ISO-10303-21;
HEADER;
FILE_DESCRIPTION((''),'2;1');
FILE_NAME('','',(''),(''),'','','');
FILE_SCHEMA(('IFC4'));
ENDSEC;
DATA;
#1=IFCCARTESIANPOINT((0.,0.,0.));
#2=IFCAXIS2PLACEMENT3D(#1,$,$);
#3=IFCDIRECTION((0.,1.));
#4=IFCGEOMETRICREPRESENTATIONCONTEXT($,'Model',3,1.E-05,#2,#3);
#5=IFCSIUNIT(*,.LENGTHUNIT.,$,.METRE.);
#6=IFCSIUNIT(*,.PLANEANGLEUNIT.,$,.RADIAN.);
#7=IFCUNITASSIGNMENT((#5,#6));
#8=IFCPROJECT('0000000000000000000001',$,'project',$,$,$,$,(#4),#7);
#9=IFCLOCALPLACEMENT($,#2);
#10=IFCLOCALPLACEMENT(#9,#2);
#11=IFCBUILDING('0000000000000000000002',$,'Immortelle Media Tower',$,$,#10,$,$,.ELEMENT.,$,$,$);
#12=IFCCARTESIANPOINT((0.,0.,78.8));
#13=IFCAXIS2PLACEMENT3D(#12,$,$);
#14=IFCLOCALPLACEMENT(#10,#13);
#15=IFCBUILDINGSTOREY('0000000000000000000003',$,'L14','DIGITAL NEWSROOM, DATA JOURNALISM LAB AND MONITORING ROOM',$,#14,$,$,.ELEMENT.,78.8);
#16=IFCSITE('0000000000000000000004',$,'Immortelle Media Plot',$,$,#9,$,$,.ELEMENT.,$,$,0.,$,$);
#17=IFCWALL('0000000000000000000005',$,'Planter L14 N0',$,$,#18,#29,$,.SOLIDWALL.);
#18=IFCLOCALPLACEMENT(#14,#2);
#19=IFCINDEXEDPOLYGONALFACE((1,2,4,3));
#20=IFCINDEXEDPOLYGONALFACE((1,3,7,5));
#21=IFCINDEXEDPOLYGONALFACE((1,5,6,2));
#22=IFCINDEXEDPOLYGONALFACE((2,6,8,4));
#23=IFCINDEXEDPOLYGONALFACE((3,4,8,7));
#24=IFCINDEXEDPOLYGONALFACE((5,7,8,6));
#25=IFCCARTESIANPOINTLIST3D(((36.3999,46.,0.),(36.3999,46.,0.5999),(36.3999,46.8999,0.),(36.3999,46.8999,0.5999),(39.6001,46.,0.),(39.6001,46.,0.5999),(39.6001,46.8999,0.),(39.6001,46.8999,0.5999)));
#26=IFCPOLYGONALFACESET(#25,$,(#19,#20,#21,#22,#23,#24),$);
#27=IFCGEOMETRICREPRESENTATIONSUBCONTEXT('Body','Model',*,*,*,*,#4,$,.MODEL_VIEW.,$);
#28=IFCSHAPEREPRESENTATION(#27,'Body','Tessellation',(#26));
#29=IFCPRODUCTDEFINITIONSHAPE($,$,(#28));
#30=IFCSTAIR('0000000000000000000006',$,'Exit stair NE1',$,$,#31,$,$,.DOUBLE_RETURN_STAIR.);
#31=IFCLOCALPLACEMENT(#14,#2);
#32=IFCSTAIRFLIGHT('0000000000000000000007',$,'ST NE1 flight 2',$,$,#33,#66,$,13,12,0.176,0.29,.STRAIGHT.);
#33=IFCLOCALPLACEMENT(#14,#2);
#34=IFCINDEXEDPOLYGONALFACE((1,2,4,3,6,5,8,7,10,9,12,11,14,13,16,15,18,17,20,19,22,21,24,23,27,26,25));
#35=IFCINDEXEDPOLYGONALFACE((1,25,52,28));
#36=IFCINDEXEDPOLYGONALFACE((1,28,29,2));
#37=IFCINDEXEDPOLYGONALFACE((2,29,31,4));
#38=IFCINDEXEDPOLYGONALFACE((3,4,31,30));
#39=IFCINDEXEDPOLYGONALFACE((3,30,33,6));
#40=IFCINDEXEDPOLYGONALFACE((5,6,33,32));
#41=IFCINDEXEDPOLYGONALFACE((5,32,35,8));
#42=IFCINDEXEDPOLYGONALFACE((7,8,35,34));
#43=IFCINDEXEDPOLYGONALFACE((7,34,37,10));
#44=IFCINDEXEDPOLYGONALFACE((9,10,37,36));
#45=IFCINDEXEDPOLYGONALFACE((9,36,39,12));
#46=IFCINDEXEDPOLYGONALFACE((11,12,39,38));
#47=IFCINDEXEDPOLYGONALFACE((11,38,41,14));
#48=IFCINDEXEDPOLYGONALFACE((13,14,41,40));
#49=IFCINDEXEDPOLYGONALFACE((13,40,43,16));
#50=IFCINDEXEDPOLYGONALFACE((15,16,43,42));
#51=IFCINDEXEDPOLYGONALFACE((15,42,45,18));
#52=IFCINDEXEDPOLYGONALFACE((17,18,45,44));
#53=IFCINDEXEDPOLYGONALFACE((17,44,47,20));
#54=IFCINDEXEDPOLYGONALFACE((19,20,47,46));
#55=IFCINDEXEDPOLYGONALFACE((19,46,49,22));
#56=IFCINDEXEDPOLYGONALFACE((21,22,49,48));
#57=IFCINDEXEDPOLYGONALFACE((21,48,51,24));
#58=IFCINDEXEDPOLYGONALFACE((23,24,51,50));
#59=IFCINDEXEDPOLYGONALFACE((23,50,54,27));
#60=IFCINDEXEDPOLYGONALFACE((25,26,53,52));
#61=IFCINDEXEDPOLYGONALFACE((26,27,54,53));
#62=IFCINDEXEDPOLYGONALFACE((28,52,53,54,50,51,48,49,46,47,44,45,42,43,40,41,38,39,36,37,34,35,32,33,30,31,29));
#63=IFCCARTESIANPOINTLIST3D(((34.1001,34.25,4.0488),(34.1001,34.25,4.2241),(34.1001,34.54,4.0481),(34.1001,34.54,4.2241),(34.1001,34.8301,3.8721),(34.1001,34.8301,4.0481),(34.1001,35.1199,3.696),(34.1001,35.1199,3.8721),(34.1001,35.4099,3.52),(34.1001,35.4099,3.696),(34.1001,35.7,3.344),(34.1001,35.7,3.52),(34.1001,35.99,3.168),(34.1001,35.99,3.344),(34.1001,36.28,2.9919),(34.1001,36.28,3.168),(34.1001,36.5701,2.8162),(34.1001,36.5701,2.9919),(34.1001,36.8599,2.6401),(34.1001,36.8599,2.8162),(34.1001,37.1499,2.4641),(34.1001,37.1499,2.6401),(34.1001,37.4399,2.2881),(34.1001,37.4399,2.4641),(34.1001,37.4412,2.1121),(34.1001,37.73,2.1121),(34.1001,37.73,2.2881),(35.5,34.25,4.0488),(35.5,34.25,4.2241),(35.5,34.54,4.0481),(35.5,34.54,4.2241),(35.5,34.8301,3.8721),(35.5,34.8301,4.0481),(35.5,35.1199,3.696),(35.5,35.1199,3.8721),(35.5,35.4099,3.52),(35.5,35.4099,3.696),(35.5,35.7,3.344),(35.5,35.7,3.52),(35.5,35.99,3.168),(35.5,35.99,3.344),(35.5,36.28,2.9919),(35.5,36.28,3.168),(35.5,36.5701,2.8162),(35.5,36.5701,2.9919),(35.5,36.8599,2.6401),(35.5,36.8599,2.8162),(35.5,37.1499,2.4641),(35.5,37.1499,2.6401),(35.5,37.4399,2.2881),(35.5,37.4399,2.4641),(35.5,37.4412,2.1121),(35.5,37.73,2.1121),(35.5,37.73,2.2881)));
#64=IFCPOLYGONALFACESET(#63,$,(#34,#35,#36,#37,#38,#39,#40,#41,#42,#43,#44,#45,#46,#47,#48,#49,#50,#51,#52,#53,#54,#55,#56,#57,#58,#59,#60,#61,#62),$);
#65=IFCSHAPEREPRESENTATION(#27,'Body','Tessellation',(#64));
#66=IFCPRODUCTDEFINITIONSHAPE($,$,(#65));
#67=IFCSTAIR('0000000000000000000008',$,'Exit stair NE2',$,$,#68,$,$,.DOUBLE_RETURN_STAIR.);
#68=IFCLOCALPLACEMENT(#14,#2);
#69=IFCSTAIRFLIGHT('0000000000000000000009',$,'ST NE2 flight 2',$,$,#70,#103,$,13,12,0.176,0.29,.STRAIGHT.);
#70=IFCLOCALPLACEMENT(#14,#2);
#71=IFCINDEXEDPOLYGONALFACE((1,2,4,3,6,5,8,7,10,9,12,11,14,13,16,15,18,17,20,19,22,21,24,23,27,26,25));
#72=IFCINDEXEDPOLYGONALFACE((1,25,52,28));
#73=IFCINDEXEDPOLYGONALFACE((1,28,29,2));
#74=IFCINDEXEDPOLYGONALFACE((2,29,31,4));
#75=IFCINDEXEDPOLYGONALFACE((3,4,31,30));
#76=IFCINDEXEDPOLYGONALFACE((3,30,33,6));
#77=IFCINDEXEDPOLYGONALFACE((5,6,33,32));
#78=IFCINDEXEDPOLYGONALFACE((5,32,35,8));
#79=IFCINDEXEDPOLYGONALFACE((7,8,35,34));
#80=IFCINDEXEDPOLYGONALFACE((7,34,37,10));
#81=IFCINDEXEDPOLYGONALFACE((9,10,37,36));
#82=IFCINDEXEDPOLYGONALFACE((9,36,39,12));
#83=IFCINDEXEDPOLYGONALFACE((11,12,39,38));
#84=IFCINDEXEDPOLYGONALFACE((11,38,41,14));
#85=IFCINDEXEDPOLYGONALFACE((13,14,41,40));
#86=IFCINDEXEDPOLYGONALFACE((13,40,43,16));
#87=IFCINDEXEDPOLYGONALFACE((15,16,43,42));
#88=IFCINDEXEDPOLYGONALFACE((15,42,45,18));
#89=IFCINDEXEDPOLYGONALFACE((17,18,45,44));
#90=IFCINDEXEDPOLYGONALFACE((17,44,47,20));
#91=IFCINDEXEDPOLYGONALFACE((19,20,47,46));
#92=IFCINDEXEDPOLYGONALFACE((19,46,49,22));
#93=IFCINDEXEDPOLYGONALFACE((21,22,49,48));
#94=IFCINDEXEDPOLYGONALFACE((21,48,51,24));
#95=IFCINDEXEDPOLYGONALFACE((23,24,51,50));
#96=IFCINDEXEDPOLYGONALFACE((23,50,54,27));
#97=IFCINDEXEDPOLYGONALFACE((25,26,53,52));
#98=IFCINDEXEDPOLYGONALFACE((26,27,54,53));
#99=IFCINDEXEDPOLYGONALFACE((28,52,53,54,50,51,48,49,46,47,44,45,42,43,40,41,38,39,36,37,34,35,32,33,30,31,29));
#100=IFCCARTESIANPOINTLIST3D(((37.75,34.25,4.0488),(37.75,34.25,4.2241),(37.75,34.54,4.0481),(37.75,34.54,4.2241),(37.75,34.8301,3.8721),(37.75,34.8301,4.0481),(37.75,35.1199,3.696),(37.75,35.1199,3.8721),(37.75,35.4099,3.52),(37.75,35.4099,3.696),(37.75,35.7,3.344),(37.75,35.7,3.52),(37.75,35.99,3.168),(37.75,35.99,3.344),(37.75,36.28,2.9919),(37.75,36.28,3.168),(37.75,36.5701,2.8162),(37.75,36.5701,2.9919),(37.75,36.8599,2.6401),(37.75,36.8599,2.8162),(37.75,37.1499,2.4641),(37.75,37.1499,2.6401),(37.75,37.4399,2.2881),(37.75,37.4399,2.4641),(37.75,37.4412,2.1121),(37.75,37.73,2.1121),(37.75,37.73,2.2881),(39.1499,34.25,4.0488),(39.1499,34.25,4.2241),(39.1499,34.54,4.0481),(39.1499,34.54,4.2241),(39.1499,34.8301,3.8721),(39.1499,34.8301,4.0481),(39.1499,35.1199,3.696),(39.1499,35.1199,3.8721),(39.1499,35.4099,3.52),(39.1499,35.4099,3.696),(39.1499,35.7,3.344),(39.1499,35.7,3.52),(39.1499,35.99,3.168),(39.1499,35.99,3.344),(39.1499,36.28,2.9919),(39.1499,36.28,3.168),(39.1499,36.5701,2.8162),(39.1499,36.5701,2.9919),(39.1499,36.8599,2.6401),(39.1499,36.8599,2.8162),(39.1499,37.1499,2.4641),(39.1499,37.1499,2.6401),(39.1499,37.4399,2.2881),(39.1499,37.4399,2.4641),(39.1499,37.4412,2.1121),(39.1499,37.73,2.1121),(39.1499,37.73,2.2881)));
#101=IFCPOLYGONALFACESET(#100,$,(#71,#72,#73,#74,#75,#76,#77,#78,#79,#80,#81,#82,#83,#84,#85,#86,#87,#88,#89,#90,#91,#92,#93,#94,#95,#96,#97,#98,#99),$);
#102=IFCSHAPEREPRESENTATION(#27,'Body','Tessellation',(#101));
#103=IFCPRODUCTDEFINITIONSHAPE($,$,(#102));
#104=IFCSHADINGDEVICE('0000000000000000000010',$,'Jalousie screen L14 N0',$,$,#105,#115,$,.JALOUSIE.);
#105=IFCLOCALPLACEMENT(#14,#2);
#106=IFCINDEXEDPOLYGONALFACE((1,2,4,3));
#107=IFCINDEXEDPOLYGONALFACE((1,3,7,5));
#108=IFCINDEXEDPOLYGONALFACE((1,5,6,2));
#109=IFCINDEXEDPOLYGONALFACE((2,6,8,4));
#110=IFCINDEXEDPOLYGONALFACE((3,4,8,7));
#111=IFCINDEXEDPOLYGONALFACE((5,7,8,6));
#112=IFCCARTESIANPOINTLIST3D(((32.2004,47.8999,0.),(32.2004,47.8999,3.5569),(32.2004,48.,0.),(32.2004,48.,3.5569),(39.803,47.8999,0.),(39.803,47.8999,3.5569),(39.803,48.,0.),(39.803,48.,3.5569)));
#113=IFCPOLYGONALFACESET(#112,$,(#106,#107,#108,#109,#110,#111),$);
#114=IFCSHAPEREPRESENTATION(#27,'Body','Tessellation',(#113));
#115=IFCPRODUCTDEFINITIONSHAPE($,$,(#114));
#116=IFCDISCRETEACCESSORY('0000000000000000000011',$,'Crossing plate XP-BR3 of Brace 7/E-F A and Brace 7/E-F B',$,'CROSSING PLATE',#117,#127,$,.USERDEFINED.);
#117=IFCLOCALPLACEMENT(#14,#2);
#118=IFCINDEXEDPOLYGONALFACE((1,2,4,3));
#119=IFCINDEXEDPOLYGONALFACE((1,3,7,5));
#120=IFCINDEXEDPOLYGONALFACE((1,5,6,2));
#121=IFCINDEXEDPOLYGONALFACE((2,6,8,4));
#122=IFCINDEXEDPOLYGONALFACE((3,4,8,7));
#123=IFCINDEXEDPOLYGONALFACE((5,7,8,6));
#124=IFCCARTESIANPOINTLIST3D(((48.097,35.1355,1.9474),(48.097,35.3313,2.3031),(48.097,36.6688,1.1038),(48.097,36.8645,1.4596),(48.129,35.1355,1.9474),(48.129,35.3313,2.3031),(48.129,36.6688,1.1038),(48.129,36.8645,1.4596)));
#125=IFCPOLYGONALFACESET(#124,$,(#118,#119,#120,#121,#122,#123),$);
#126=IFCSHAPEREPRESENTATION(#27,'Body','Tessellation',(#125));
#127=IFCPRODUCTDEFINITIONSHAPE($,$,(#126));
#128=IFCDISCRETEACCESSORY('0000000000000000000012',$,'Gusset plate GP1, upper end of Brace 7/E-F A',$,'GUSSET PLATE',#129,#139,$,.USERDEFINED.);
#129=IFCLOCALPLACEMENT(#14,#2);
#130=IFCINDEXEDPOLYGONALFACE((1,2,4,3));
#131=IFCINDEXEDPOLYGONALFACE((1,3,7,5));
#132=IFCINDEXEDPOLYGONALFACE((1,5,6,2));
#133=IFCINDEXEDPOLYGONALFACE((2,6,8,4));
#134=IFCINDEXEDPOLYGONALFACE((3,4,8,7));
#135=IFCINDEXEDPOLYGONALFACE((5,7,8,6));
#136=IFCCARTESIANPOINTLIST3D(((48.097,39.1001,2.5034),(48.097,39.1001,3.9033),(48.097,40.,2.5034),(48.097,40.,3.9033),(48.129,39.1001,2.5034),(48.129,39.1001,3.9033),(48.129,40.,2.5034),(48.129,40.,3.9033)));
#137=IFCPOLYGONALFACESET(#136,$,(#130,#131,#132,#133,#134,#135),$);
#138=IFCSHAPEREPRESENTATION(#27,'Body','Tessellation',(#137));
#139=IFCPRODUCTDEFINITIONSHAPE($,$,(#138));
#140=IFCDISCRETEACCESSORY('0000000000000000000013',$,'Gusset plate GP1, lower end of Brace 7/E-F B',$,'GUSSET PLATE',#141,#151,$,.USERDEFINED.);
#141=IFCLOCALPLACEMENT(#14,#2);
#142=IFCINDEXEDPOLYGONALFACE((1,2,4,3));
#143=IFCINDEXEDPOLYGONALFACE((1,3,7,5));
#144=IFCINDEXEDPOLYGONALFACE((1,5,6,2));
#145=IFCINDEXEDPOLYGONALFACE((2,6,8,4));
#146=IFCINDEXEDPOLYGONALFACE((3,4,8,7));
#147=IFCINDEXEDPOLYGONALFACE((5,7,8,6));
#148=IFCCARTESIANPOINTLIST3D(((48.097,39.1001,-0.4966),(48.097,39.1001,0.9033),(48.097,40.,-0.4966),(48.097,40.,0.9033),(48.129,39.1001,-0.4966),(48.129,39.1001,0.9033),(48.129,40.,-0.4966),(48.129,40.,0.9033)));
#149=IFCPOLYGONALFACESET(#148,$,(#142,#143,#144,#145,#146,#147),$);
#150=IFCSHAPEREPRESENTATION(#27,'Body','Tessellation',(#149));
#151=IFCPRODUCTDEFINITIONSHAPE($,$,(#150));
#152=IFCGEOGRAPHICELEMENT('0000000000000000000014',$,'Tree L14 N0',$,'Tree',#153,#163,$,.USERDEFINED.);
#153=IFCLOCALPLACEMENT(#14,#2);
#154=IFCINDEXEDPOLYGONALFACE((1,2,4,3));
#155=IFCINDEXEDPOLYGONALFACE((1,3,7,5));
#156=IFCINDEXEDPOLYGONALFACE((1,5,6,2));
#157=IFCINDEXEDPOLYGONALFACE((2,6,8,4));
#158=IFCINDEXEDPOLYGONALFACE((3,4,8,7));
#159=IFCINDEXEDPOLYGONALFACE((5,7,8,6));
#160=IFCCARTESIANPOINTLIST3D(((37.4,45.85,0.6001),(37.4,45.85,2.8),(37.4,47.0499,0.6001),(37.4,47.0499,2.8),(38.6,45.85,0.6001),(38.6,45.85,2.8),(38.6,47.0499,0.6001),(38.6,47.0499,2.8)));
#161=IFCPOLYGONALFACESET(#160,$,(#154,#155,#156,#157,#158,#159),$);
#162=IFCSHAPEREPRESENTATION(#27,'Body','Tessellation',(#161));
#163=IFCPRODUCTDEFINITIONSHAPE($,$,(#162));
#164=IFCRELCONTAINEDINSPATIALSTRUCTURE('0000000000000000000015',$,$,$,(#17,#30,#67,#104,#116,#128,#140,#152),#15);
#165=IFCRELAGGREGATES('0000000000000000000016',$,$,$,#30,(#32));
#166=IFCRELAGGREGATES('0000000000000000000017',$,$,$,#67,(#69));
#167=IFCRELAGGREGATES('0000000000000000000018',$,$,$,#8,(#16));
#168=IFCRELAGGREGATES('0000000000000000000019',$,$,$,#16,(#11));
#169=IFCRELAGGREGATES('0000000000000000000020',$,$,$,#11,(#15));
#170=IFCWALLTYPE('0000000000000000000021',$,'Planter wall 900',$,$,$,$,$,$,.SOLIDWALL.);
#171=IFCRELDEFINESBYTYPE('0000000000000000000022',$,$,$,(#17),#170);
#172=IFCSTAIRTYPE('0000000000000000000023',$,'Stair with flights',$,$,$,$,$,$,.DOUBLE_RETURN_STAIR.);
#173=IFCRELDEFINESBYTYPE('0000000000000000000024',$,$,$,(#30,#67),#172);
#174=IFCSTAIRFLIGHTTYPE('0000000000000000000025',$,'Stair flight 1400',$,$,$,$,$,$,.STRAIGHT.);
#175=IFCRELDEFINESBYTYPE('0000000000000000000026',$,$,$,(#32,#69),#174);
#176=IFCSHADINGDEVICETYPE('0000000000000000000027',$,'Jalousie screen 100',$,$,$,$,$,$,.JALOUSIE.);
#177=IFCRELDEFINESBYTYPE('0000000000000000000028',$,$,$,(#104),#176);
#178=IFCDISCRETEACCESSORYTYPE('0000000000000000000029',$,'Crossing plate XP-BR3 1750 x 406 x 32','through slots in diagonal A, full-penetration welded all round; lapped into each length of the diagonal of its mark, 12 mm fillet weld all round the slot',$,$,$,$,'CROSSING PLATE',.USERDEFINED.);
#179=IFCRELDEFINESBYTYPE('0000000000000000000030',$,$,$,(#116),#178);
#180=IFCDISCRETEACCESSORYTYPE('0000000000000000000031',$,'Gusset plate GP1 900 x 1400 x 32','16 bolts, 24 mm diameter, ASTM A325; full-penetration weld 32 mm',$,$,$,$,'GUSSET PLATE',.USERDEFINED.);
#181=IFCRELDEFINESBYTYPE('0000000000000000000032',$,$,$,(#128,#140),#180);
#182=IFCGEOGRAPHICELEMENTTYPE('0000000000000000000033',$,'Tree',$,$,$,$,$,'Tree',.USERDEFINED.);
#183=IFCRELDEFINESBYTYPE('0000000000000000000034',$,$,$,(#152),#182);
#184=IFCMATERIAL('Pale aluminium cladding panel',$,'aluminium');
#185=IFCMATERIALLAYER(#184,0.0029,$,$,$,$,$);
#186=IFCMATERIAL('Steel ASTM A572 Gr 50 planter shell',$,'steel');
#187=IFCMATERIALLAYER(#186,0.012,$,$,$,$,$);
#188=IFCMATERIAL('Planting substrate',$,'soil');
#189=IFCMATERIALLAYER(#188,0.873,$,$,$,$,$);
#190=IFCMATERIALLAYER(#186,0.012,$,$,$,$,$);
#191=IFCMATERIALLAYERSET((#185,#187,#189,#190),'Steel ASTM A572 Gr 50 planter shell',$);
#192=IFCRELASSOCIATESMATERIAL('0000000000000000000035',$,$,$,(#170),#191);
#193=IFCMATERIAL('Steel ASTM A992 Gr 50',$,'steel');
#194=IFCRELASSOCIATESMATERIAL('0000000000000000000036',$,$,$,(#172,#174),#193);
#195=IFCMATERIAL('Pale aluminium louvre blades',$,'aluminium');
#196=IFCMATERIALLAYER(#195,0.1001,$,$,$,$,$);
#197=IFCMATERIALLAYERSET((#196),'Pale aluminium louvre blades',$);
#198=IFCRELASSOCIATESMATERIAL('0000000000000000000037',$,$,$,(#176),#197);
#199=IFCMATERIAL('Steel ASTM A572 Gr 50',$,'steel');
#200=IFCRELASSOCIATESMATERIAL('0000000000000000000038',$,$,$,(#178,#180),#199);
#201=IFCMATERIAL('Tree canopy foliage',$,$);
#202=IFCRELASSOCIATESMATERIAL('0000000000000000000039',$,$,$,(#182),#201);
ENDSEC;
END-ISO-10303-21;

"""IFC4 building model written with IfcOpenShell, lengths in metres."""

from ifc_helpers import new_model, si_unit, direction, frame, frame_2d, origin, origin_2d, place, context, subcontext, project, spatial, polyline, rectangle, outline, extrude, material, layer, layer_set, material_profile, profile_set, type_object, element, aggregate, save


model = new_model("IFC4")

# Units and contexts
model_context = context("Model", 3, precision=1e-05, world=origin(), true_north=direction((0.0, 1.0)))
body_context = subcontext(model_context, "Body", "Model", "MODEL_VIEW")
ifc_project = project(units=[si_unit("LENGTHUNIT", "METRE"), si_unit("PLANEANGLEUNIT", "RADIAN")], contexts=[model_context])

# Site, building, storey
site_placement = place(None, origin())
site = spatial("IfcSite", under=ifc_project, at=site_placement, Name="Immortelle Media Plot", CompositionType="ELEMENT", RefElevation=0.0)
building_placement = place(site_placement, origin())
building = spatial("IfcBuilding", under=site, at=building_placement, Name="Immortelle Media Tower", CompositionType="ELEMENT")
storey_placement = place(building_placement, frame((0.0, 0.0, 78.8)))
storey = spatial("IfcBuildingStorey", under=building, at=storey_placement, Name="L14", Description="DIGITAL NEWSROOM, DATA JOURNALISM LAB AND MONITORING ROOM", CompositionType="ELEMENT", Elevation=78.8)

# Shared definitions
ifc_material_1 = material(Name="Steel ASTM A992 Gr 50", Category="steel")

# Shared definitions
ifc_material_2 = material(Name="Pale aluminium cladding panel", Category="aluminium")

# Wall
ifc_layer_1 = layer(ifc_material_2, 0.0029)
ifc_material_3 = material(Name="Steel ASTM A572 Gr 50 planter shell", Category="steel")
ifc_layer_2 = layer(ifc_material_3, 0.012)
ifc_material_4 = material(Name="Planting substrate", Category="soil")
ifc_layer_3 = layer(ifc_material_4, 0.873)
ifc_layer_4 = layer(ifc_material_3, 0.012)
ifc_layer_set_1 = layer_set([ifc_layer_1, ifc_layer_2, ifc_layer_3, ifc_layer_4], Name="Steel ASTM A572 Gr 50 planter shell")
wall_type_1 = type_object("IfcWallType", Name="Planter wall 900", PredefinedType="SOLIDWALL", material=ifc_layer_set_1)
wall_1_placement = place(storey_placement, frame((39.6001, 46.45, 0.0), z_axis=(0.0, 0.0, 1.0), x_axis=(-1.0, 0.0, 0.0)))
element("IfcWall", 1, at=wall_1_placement, inside=storey, type_object=wall_type_1, Name="Planter L14 N0", PredefinedType="SOLIDWALL", context=body_context, shape_type="SweptSolid", body=[
    extrude(rectangle(XDim=3.2002, YDim=0.8999, at=frame_2d((1.6001, 0.0))), origin(), (0.0, 0.0, 1.0), 0.5999),
])

# Stairs, stair flights
stair_type = type_object("IfcStairType", Name="Stair with flights", PredefinedType="DOUBLE_RETURN_STAIR", material=ifc_material_1)
stair_1_placement = place(storey_placement, origin())
stair_1 = element("IfcStair", 2, at=stair_1_placement, inside=storey, type_object=stair_type, Name="Exit stair NE1", PredefinedType="DOUBLE_RETURN_STAIR")
stair_flight_type = type_object("IfcStairFlightType", Name="Stair flight 1400", PredefinedType="STRAIGHT", material=ifc_material_1)
stair_flight_1_placement = place(storey_placement, frame((34.8, 37.73, 2.1121), z_axis=(0.0, 0.0, 1.0), x_axis=(0.0, -1.0, 0.0)))
stair_flight_1 = element("IfcStairFlight", 3, at=stair_flight_1_placement, type_object=stair_flight_type, Name="ST NE1 flight 2", NumberOfRisers=13, NumberOfTreads=12, PredefinedType="STRAIGHT", RiserHeight=0.176, TreadLength=0.29, context=body_context, shape_type="SweptSolid", body=[
    extrude(outline(polyline([(0.0, 0.0), (0.0, 0.176), (0.29, 0.176), (0.29, 0.3521), (0.5801, 0.3521), (0.5801, 0.5281), (0.8701, 0.5281), (0.8701, 0.7041), (1.1599, 0.7041), (1.1599, 0.8799), (1.45, 0.8799), (1.45, 1.0559), (1.74, 1.0559), (1.74, 1.2319), (2.03, 1.2319), (2.03, 1.408), (2.3201, 1.408), (2.3201, 1.584), (2.6101, 1.584), (2.6101, 1.76), (2.8999, 1.76), (2.8999, 1.936), (3.1899, 1.936), (3.1899, 2.1121), (3.48, 2.1121), (3.48, 2.2881), (3.48, 1.9368), (0.2888, 0.0), (0.0, 0.0)])), frame((0.0, 0.7, 0.0), z_axis=(0.0, -1.0, 0.0), x_axis=(1.0, 0.0, 0.0)), (0.0, 0.0, 1.0), 1.3999),
])
aggregate(stair_1, [stair_flight_1])
stair_2_placement = place(storey_placement, origin())
stair_2 = element("IfcStair", 4, at=stair_2_placement, inside=storey, type_object=stair_type, Name="Exit stair NE2", PredefinedType="DOUBLE_RETURN_STAIR")
stair_flight_2_placement = place(storey_placement, frame((38.45, 37.73, 2.1121), z_axis=(0.0, 0.0, 1.0), x_axis=(0.0, -1.0, 0.0)))
stair_flight_2 = element("IfcStairFlight", 5, at=stair_flight_2_placement, type_object=stair_flight_type, Name="ST NE2 flight 2", NumberOfRisers=13, NumberOfTreads=12, PredefinedType="STRAIGHT", RiserHeight=0.176, TreadLength=0.29, context=body_context, shape_type="SweptSolid", body=[
    extrude(outline(polyline([(0.0, 0.0), (0.0, 0.176), (0.29, 0.176), (0.29, 0.3521), (0.5801, 0.3521), (0.5801, 0.5281), (0.8701, 0.5281), (0.8701, 0.7041), (1.1599, 0.7041), (1.1599, 0.8799), (1.45, 0.8799), (1.45, 1.0559), (1.74, 1.0559), (1.74, 1.2319), (2.03, 1.2319), (2.03, 1.408), (2.3201, 1.408), (2.3201, 1.584), (2.6101, 1.584), (2.6101, 1.76), (2.8999, 1.76), (2.8999, 1.936), (3.1899, 1.936), (3.1899, 2.1121), (3.48, 2.1121), (3.48, 2.2881), (3.48, 1.9368), (0.2888, 0.0), (0.0, 0.0)])), frame((0.0, 0.7, 0.0), z_axis=(0.0, -1.0, 0.0), x_axis=(1.0, 0.0, 0.0)), (0.0, 0.0, 1.0), 1.3999),
])
aggregate(stair_2, [stair_flight_2])

# Shading device
ifc_material_5 = material(Name="Pale aluminium louvre blades", Category="aluminium")
ifc_layer_5 = layer(ifc_material_5, 0.1001)
ifc_layer_set_2 = layer_set([ifc_layer_5], Name="Pale aluminium louvre blades")
shading_device_type = type_object("IfcShadingDeviceType", Name="Jalousie screen 100", PredefinedType="JALOUSIE", material=ifc_layer_set_2)
shading_device_placement = place(storey_placement, frame((36.0017, 47.95, 0.0), z_axis=(0.0, 0.0, 1.0), x_axis=(-1.0, 0.0, 0.0)))
element("IfcShadingDevice", 6, at=shading_device_placement, inside=storey, type_object=shading_device_type, Name="Jalousie screen L14 N0", PredefinedType="JALOUSIE", context=body_context, shape_type="SweptSolid", body=[
    extrude(rectangle(XDim=7.6025, YDim=0.1001, at=origin_2d()), origin(), (0.0, 0.0, 1.0), 3.5569),
])

# Discrete accessories
ifc_material_6 = material(Name="Steel ASTM A572 Gr 50", Category="steel")
ifc_material_profile_1 = material_profile(ifc_material_6, rectangle(XDim=0.032, YDim=0.406, at=origin_2d()), Name="PL 32 x 406")
ifc_profile_set_1 = profile_set([ifc_material_profile_1], Name="Steel ASTM A572 Gr 50")
discrete_accessory_type_1 = type_object("IfcDiscreteAccessoryType", Name="Crossing plate XP-BR3 1750 x 406 x 32", Description="through slots in diagonal A, full-penetration welded all round; lapped into each length of the diagonal of its mark, 12 mm fillet weld all round the slot", ElementType="CROSSING PLATE", PredefinedType="USERDEFINED", material=ifc_profile_set_1)
discrete_accessory_placement = place(storey_placement, frame((48.113, 35.2334, 2.1252), z_axis=(0.0, 0.876157, -0.482026), x_axis=(-1.0, 0.0, 0.0)))
element("IfcDiscreteAccessory", 7, at=discrete_accessory_placement, inside=storey, type_object=discrete_accessory_type_1, Name="Crossing plate XP-BR3 of Brace 7/E-F A and Brace 7/E-F B", ObjectType="CROSSING PLATE", PredefinedType="USERDEFINED", context=body_context, shape_type="SweptSolid", body=[
    extrude(rectangle(XDim=0.032, YDim=0.406, at=origin_2d()), origin(), (0.0, 0.0, 1.0), 1.75),
])
ifc_material_profile_2 = material_profile(ifc_material_6, rectangle(XDim=0.032, YDim=1.3999, at=origin_2d()), Name="PL 32 x 1400")
ifc_profile_set_2 = profile_set([ifc_material_profile_2], Name="Steel ASTM A572 Gr 50")
discrete_accessory_type_2 = type_object("IfcDiscreteAccessoryType", Name="Gusset plate GP1 900 x 1400 x 32", Description="16 bolts, 24 mm diameter, ASTM A325; full-penetration weld 32 mm", ElementType="GUSSET PLATE", PredefinedType="USERDEFINED", material=ifc_profile_set_2)
for number, where, z_axis, x_axis, name in (
    (8, (48.113, 40.0, 3.2034), (0.0, -1.0, 0.0), (1.0, 0.0, 0.0), "Gusset plate GP1, upper end of Brace 7/E-F A"),
    (9, (48.113, 40.0, 0.2034), (0.0, -1.0, 0.0), (1.0, 0.0, 0.0), "Gusset plate GP1, lower end of Brace 7/E-F B"),
):
    element("IfcDiscreteAccessory", number, at=place(storey_placement, frame(where, z_axis=z_axis, x_axis=x_axis)), inside=storey, type_object=discrete_accessory_type_2, Name=name, ObjectType="GUSSET PLATE", PredefinedType="USERDEFINED", context=body_context, shape_type="SweptSolid", body=[
        extrude(rectangle(XDim=0.032, YDim=1.3999, at=origin_2d()), origin(), (0.0, 0.0, 1.0), 0.8999),
    ])

# Geographic element
ifc_material_7 = material(Name="Tree canopy foliage")
geographic_element_type = type_object("IfcGeographicElementType", Name="Tree", ElementType="Tree", PredefinedType="USERDEFINED", material=ifc_material_7)
geographic_element_placement = place(storey_placement, frame((38.0, 46.45, 0.6001), z_axis=(0.0, 0.0, 1.0), x_axis=(1.0, 0.0, 0.0)))
element("IfcGeographicElement", 10, at=geographic_element_placement, inside=storey, type_object=geographic_element_type, Name="Tree L14 N0", ObjectType="Tree", PredefinedType="USERDEFINED", context=body_context, shape_type="SweptSolid", body=[
    extrude(rectangle(XDim=1.2, YDim=1.2, at=origin_2d()), origin(), (0.0, 0.0, 1.0), 2.2),
])

save(model, "model.ifc")
